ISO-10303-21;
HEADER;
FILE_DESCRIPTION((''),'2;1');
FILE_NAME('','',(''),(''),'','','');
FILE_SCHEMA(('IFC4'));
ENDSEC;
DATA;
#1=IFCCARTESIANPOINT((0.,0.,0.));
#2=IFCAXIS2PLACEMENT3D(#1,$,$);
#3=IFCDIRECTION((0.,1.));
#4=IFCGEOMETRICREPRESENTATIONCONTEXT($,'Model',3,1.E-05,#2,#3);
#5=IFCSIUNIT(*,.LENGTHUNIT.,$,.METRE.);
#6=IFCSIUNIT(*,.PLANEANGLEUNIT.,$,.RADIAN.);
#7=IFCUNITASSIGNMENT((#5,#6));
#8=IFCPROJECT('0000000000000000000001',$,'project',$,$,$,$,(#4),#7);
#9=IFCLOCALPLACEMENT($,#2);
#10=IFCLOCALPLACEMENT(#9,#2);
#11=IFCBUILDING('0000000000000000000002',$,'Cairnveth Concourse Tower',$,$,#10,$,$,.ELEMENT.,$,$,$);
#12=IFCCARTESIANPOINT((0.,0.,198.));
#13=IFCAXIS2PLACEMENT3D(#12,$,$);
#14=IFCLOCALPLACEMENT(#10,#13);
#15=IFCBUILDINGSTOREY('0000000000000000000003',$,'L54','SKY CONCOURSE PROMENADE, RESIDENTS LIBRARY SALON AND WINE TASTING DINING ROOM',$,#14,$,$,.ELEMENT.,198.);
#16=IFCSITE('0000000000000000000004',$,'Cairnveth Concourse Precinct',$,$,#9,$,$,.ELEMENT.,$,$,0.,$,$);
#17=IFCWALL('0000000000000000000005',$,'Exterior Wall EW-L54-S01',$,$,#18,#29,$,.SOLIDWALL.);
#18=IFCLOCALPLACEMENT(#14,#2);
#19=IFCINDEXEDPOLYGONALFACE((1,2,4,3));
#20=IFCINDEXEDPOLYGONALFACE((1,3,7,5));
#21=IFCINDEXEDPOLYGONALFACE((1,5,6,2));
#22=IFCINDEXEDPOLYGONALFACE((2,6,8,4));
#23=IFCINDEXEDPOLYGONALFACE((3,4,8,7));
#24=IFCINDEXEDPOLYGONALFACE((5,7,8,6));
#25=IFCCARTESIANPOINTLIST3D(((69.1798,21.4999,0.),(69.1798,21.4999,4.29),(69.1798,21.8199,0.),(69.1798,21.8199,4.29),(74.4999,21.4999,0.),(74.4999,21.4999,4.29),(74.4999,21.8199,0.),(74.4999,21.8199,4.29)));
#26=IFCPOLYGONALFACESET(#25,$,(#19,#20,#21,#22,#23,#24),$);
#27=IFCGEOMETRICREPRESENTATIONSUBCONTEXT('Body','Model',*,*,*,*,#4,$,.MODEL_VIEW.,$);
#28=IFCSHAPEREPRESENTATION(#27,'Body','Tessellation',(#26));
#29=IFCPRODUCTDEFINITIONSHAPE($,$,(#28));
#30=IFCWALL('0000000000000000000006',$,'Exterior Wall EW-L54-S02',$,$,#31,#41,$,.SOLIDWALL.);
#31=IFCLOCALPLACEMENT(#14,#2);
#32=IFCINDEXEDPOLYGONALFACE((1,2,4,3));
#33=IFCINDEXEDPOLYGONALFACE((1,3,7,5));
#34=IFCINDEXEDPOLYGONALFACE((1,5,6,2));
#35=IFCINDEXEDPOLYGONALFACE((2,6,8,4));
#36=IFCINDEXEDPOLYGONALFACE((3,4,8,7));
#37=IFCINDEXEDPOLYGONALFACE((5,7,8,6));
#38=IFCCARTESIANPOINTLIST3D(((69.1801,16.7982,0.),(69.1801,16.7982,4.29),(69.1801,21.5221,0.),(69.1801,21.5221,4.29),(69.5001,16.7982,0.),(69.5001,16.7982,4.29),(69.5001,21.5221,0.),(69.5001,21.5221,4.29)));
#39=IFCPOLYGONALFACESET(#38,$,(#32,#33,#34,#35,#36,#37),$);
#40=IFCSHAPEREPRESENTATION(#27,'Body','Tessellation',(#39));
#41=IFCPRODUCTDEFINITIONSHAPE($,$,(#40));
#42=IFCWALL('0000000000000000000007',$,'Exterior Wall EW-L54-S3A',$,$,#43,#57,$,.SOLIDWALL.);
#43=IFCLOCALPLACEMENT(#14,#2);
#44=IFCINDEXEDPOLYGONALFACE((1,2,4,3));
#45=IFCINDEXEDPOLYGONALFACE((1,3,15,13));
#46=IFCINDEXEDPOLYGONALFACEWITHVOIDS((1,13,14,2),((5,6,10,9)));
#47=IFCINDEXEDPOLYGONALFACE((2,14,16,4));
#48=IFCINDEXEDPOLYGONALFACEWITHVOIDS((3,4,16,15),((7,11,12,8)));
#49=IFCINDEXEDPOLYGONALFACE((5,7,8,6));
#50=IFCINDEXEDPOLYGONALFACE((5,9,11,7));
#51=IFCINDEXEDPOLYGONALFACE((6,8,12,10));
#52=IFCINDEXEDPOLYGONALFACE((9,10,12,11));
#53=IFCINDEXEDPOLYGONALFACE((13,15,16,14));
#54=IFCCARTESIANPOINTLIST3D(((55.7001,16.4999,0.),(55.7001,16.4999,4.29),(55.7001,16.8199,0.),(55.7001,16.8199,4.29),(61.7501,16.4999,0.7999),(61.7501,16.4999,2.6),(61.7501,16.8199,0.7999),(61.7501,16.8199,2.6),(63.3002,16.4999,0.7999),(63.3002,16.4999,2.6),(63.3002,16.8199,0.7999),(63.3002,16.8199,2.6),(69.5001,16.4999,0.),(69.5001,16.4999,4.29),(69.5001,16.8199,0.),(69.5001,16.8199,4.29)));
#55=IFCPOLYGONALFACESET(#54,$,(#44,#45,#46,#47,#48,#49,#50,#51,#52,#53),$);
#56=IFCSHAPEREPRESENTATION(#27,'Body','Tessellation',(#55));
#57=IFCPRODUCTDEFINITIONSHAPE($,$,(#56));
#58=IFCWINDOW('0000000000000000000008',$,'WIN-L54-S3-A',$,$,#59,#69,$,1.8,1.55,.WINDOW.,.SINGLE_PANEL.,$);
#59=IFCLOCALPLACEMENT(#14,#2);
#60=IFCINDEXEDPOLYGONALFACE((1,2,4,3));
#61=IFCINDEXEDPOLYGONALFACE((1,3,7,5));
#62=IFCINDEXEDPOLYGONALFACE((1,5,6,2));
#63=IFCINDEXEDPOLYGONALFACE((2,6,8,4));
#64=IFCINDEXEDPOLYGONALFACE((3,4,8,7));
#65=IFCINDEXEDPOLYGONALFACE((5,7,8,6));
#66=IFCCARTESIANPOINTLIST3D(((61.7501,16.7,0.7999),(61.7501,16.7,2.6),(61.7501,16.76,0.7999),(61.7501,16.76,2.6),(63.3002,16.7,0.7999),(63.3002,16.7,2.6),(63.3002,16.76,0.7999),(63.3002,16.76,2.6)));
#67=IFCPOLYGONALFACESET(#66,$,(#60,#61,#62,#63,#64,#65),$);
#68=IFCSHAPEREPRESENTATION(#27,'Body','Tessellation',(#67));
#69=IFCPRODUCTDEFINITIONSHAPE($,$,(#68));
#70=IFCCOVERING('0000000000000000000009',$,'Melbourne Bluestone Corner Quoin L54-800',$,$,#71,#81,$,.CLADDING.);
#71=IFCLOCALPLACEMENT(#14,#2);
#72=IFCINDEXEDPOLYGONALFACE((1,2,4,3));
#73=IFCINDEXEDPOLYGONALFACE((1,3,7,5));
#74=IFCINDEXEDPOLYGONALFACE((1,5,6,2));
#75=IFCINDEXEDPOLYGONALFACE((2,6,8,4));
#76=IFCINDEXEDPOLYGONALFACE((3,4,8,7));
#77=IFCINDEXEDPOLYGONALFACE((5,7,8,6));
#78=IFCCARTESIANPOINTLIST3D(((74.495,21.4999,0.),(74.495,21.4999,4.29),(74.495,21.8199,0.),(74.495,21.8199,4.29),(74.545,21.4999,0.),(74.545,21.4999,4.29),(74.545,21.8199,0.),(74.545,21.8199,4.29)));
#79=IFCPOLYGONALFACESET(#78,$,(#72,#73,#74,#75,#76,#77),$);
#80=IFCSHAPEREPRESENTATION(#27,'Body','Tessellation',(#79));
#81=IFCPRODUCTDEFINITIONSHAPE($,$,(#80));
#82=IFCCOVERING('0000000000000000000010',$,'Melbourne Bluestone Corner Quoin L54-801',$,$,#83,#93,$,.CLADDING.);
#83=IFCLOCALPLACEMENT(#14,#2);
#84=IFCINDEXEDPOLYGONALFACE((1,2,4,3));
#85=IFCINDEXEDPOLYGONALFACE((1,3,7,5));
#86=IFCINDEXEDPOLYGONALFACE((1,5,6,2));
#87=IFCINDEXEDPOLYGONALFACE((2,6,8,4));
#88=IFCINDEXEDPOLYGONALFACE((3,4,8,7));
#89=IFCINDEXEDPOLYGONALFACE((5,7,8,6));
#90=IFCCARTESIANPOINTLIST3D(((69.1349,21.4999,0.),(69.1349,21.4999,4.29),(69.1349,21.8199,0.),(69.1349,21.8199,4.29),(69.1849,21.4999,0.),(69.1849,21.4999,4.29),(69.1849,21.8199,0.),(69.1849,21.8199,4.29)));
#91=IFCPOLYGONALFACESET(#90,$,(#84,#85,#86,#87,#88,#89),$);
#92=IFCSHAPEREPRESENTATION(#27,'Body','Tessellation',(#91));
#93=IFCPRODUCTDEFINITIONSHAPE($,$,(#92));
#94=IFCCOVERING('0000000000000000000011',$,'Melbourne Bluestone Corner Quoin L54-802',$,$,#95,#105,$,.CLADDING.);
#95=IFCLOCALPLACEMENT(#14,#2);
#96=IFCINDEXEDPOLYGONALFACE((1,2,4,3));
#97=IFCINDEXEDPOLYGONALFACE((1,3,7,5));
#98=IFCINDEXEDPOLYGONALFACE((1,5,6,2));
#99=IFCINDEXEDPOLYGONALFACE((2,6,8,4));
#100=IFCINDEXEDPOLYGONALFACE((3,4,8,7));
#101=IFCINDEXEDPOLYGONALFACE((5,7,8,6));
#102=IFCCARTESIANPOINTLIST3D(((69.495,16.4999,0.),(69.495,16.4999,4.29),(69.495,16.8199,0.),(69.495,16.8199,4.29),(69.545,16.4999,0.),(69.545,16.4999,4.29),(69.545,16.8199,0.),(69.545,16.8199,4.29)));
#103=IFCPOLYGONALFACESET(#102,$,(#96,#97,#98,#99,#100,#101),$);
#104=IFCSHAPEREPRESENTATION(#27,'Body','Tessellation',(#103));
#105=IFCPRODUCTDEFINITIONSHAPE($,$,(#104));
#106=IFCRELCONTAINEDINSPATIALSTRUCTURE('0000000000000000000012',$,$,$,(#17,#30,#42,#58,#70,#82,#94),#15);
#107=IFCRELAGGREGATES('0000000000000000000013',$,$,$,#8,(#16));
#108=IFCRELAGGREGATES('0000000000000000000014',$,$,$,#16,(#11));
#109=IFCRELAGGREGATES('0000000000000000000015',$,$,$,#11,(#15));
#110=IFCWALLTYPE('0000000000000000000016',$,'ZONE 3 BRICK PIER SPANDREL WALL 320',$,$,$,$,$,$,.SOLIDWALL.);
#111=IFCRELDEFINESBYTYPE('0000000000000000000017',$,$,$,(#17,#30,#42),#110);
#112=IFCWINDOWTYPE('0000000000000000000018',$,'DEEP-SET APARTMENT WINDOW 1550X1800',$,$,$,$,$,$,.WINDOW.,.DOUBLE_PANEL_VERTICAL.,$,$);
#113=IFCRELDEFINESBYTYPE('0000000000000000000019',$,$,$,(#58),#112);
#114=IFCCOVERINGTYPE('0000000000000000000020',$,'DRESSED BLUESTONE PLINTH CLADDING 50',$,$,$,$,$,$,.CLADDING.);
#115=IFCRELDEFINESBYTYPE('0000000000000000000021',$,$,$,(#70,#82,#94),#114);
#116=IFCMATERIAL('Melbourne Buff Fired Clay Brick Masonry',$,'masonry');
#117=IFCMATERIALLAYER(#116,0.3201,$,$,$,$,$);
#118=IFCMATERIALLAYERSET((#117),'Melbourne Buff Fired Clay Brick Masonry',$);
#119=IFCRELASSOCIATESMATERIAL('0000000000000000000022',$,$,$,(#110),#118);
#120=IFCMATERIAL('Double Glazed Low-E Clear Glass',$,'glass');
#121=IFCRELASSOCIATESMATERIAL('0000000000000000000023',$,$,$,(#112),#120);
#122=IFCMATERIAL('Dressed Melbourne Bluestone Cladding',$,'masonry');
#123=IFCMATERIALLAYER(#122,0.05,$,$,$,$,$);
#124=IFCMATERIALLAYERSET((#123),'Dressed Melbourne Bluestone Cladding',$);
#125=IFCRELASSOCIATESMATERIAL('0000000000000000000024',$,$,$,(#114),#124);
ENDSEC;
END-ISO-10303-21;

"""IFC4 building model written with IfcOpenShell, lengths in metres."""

from ifc_helpers import new_model, si_unit, direction, frame, frame_2d, origin, place, context, subcontext, project, spatial, rectangle, extrude, material, layer, layer_set, type_object, element, fill, save


model = new_model("IFC4")

# Units and contexts
model_context = context("Model", 3, precision=1e-05, world=origin(), true_north=direction((0.0, 1.0)))
body_context = subcontext(model_context, "Body", "Model", "MODEL_VIEW")
ifc_project = project(units=[si_unit("LENGTHUNIT", "METRE"), si_unit("PLANEANGLEUNIT", "RADIAN")], contexts=[model_context])

# Site, building, storey
site_placement = place(None, origin())
site = spatial("IfcSite", under=ifc_project, at=site_placement, Name="Cairnveth Concourse Precinct", CompositionType="ELEMENT", RefElevation=0.0)
building_placement = place(site_placement, origin())
building = spatial("IfcBuilding", under=site, at=building_placement, Name="Cairnveth Concourse Tower", CompositionType="ELEMENT")
storey_placement = place(building_placement, frame((0.0, 0.0, 198.0)))
storey = spatial("IfcBuildingStorey", under=building, at=storey_placement, Name="L54", Description="SKY CONCOURSE PROMENADE, RESIDENTS LIBRARY SALON AND WINE TASTING DINING ROOM", CompositionType="ELEMENT", Elevation=198.0)

# Walls
ifc_material_1 = material(Name="Melbourne Buff Fired Clay Brick Masonry", Category="masonry")
ifc_layer_1 = layer(ifc_material_1, 0.3201)
ifc_layer_set_1 = layer_set([ifc_layer_1], Name="Melbourne Buff Fired Clay Brick Masonry")
wall_type_1 = type_object("IfcWallType", Name="ZONE 3 BRICK PIER SPANDREL WALL 320", PredefinedType="SOLIDWALL", material=ifc_layer_set_1)
wall_1_placement = place(storey_placement, frame((74.5, 21.6599, 0.0), z_axis=(0.0, 0.0, 1.0), x_axis=(-1.0, 0.0, 0.0)))
element("IfcWall", 1, at=wall_1_placement, inside=storey, type_object=wall_type_1, Name="Exterior Wall EW-L54-S01", PredefinedType="SOLIDWALL", context=body_context, shape_type="SweptSolid", body=[
    extrude(rectangle(XDim=5.3201, YDim=0.3201, at=frame_2d((2.6602, 0.0))), origin(), (0.0, 0.0, 1.0), 4.29),
])
wall_2_placement = place(storey_placement, frame((69.3401, 21.522, 0.0), z_axis=(0.0, 0.0, 1.0), x_axis=(0.0, -1.0, 0.0)))
element("IfcWall", 2, at=wall_2_placement, inside=storey, type_object=wall_type_1, Name="Exterior Wall EW-L54-S02", PredefinedType="SOLIDWALL", context=body_context, shape_type="SweptSolid", body=[
    extrude(rectangle(XDim=4.7239, YDim=0.3201, at=frame_2d((2.3618, 0.0))), origin(), (0.0, 0.0, 1.0), 4.29),
])

# Wall, opening, window
wall_3_placement = place(storey_placement, frame((69.5, 16.6599, 0.0), z_axis=(0.0, 0.0, 1.0), x_axis=(-1.0, 0.0, 0.0)))
wall_3 = element("IfcWall", 3, at=wall_3_placement, inside=storey, type_object=wall_type_1, Name="Exterior Wall EW-L54-S3A", PredefinedType="SOLIDWALL", context=body_context, shape_type="SweptSolid", body=[
    extrude(rectangle(XDim=13.8, YDim=0.3201, at=frame_2d((6.8999, 0.0))), origin(), (0.0, 0.0, 1.0), 4.29),
])
opening_placement = place(wall_3_placement, frame((6.2, 0.0, 0.8)))
opening = element("IfcOpeningElement", 4, at=opening_placement, cuts=wall_3, PredefinedType="OPENING", context=body_context, shape_type="SweptSolid", body=[
    extrude(rectangle(XDim=1.55, YDim=1.8, at=frame_2d((0.7749, 0.8999))), frame((0.0, 0.1699, 0.0), z_axis=(0.0, -1.0, 0.0), x_axis=(1.0, 0.0, 0.0)), (0.0, 0.0, 1.0), 0.3401),
])
ifc_material_2 = material(Name="Double Glazed Low-E Clear Glass", Category="glass")
window_type = type_object("IfcWindowType", Name="DEEP-SET APARTMENT WINDOW 1550X1800", PartitioningType="DOUBLE_PANEL_VERTICAL", PredefinedType="WINDOW", material=ifc_material_2)
window_placement = place(opening_placement, origin())
window = element("IfcWindow", 5, at=window_placement, inside=storey, type_object=window_type, Name="WIN-L54-S3-A", OverallHeight=1.8, OverallWidth=1.55, PartitioningType="SINGLE_PANEL", PredefinedType="WINDOW", context=body_context, shape_type="SweptSolid", body=[
    extrude(rectangle(XDim=1.55, YDim=1.8, at=frame_2d((0.7749, 0.8999))), frame((0.0, -0.04, 0.0), z_axis=(0.0, -1.0, 0.0), x_axis=(1.0, 0.0, 0.0)), (0.0, 0.0, 1.0), 0.0601),
])
fill(opening, window)

# Coverings
ifc_material_3 = material(Name="Dressed Melbourne Bluestone Cladding", Category="masonry")
ifc_layer_2 = layer(ifc_material_3, 0.05)
ifc_layer_set_2 = layer_set([ifc_layer_2], Name="Dressed Melbourne Bluestone Cladding")
covering_type = type_object("IfcCoveringType", Name="DRESSED BLUESTONE PLINTH CLADDING 50", PredefinedType="CLADDING", material=ifc_layer_set_2)
for number, where, z_axis, x_axis, name in (
    (6, (74.52, 21.8201, 0.0), (0.0, 0.0, 1.0), (0.0, -1.0, 0.0), "Melbourne Bluestone Corner Quoin L54-800"),
    (7, (69.1599, 21.8201, 0.0), (0.0, 0.0, 1.0), (0.0, -1.0, 0.0), "Melbourne Bluestone Corner Quoin L54-801"),
    (8, (69.52, 16.8201, 0.0), (0.0, 0.0, 1.0), (0.0, -1.0, 0.0), "Melbourne Bluestone Corner Quoin L54-802"),
):
    element("IfcCovering", number, at=place(storey_placement, frame(where, z_axis=z_axis, x_axis=x_axis)), inside=storey, type_object=covering_type, Name=name, PredefinedType="CLADDING", context=body_context, shape_type="SweptSolid", body=[
        extrude(rectangle(XDim=0.3201, YDim=0.05, at=frame_2d((0.1602, 0.0))), origin(), (0.0, 0.0, 1.0), 4.29),
    ])

save(model, "model.ifc")
